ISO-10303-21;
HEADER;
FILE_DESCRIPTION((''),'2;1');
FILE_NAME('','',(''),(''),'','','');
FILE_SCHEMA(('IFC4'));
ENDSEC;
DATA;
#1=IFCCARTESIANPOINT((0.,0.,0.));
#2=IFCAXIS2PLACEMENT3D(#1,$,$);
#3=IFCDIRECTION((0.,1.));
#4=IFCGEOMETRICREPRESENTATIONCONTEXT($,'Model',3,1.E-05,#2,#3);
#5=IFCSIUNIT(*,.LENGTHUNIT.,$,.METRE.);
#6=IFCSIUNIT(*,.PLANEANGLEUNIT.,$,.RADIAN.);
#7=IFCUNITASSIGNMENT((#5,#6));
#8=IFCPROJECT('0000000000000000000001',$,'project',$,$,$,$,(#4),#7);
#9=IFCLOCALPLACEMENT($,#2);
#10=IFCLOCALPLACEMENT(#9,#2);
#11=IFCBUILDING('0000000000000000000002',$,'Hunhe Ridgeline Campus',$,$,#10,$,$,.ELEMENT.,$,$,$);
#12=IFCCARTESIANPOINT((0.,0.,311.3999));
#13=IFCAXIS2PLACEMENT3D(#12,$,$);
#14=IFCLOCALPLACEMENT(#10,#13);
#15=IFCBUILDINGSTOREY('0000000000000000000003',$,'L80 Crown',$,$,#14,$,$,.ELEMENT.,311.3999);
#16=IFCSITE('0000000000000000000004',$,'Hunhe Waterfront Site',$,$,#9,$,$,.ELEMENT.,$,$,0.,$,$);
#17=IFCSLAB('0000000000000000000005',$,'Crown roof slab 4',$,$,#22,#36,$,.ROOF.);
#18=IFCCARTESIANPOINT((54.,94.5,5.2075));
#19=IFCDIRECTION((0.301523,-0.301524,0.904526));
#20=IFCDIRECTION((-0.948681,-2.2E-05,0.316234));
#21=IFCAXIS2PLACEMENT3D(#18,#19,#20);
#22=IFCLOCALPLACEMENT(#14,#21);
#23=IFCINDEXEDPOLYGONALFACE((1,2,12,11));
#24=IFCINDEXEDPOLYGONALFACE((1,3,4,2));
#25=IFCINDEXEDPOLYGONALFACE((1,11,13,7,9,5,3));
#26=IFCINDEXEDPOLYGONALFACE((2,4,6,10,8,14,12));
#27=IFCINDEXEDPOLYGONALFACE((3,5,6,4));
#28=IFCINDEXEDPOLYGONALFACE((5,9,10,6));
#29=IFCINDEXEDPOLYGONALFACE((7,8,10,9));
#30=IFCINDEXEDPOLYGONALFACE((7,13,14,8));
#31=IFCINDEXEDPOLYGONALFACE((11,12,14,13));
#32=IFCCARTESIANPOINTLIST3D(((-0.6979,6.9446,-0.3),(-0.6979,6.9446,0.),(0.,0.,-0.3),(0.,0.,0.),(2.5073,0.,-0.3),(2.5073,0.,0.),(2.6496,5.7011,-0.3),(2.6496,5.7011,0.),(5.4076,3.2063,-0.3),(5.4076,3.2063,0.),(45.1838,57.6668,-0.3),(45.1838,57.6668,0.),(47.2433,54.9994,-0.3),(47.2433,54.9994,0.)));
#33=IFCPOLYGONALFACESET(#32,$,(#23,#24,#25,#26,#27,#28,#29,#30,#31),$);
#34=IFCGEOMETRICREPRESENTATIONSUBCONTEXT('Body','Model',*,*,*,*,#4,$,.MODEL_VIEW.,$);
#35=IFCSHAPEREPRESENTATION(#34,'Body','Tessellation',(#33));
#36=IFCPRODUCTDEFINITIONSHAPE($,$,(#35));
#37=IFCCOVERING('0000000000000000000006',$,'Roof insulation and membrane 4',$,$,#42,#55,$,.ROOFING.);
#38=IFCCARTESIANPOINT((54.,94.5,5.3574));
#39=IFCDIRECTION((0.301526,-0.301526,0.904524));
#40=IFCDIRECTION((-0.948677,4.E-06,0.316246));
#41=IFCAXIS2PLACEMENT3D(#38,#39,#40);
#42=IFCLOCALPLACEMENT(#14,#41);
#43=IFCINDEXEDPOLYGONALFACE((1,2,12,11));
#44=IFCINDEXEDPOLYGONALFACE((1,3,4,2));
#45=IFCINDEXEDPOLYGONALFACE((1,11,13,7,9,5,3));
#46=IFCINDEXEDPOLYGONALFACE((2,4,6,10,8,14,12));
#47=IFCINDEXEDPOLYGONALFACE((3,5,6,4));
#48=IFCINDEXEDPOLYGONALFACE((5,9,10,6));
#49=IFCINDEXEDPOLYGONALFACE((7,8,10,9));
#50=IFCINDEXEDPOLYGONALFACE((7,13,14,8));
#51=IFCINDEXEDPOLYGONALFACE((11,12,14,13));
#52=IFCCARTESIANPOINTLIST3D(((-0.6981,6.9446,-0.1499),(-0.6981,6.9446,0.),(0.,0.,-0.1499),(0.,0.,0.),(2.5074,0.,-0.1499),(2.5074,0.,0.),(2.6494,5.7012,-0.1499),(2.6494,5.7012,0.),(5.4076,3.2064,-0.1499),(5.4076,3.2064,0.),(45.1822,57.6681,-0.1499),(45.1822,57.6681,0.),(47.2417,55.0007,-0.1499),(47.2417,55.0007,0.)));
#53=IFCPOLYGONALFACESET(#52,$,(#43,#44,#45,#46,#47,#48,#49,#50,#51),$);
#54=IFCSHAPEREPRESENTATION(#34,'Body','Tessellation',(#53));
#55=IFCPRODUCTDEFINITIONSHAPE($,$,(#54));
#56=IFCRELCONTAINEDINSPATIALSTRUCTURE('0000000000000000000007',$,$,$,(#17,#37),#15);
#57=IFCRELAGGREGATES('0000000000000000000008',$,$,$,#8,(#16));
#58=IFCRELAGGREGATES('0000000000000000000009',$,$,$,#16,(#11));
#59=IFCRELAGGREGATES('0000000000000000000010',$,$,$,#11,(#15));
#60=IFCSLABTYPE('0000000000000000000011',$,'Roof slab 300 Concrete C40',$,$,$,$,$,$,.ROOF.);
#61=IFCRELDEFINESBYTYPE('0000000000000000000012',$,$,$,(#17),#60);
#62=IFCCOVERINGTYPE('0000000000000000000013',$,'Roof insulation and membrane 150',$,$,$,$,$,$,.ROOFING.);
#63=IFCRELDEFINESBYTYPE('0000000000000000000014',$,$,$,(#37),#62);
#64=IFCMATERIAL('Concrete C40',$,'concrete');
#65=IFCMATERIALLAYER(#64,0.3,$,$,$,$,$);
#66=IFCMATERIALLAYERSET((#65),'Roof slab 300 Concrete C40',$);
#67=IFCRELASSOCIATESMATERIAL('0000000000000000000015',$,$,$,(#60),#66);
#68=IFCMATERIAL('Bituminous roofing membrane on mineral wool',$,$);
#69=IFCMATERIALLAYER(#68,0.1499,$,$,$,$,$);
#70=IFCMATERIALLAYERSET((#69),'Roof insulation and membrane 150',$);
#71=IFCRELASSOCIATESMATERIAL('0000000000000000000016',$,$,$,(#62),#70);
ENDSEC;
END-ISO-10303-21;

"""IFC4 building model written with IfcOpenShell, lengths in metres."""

from ifc_helpers import new_model, si_unit, direction, frame, origin, place, context, subcontext, project, spatial, polyline, outline, extrude, material, layer, layer_set, type_object, element, save


model = new_model("IFC4")

# Units and contexts
model_context = context("Model", 3, precision=1e-05, world=origin(), true_north=direction((0.0, 1.0)))
body_context = subcontext(model_context, "Body", "Model", "MODEL_VIEW")
ifc_project = project(units=[si_unit("LENGTHUNIT", "METRE"), si_unit("PLANEANGLEUNIT", "RADIAN")], contexts=[model_context])

# Site, building, storey
site_placement = place(None, origin())
site = spatial("IfcSite", under=ifc_project, at=site_placement, Name="Hunhe Waterfront Site", CompositionType="ELEMENT", RefElevation=0.0)
building_placement = place(site_placement, origin())
building = spatial("IfcBuilding", under=site, at=building_placement, Name="Hunhe Ridgeline Campus", CompositionType="ELEMENT")
storey_placement = place(building_placement, frame((0.0, 0.0, 311.3999)))
storey = spatial("IfcBuildingStorey", under=building, at=storey_placement, Name="L80 Crown", CompositionType="ELEMENT", Elevation=311.3999)

# Slab
ifc_material_1 = material(Name="Concrete C40", Category="concrete")
ifc_layer_1 = layer(ifc_material_1, 0.3)
ifc_layer_set_1 = layer_set([ifc_layer_1], Name="Roof slab 300 Concrete C40")
slab_type = type_object("IfcSlabType", Name="Roof slab 300 Concrete C40", PredefinedType="ROOF", material=ifc_layer_set_1)
slab_placement = place(storey_placement, frame((54.0, 94.5, 5.2075), z_axis=(0.301523, -0.301524, 0.904526), x_axis=(-0.948681, -0.000022, 0.316234)))
element("IfcSlab", 1, at=slab_placement, inside=storey, type_object=slab_type, Name="Crown roof slab 4", PredefinedType="ROOF", context=body_context, shape_type="SweptSolid", body=[
    extrude(outline(polyline([(0.0, 0.0), (2.5073, 0.0), (5.4076, 3.2063), (2.6496, 5.7011), (47.2433, 54.9994), (45.1838, 57.6668), (-0.6979, 6.9446), (0.0, 0.0)])), origin(), (0.0, 0.0, -1.0), 0.3),
])

# Covering
ifc_material_2 = material(Name="Bituminous roofing membrane on mineral wool")
ifc_layer_2 = layer(ifc_material_2, 0.1499)
ifc_layer_set_2 = layer_set([ifc_layer_2], Name="Roof insulation and membrane 150")
covering_type = type_object("IfcCoveringType", Name="Roof insulation and membrane 150", PredefinedType="ROOFING", material=ifc_layer_set_2)
covering_placement = place(storey_placement, frame((54.0, 94.5, 5.3574), z_axis=(0.301526, -0.301526, 0.904524), x_axis=(-0.948677, 0.000004, 0.316246)))
element("IfcCovering", 2, at=covering_placement, inside=storey, type_object=covering_type, Name="Roof insulation and membrane 4", PredefinedType="ROOFING", context=body_context, shape_type="SweptSolid", body=[
    extrude(outline(polyline([(0.0, 0.0), (2.5074, 0.0), (5.4076, 3.2064), (2.6494, 5.7012), (47.2417, 55.0007), (45.1822, 57.6681), (-0.6981, 6.9446), (0.0, 0.0)])), origin(), (0.0, 0.0, -1.0), 0.1499),
])

save(model, "model.ifc")
